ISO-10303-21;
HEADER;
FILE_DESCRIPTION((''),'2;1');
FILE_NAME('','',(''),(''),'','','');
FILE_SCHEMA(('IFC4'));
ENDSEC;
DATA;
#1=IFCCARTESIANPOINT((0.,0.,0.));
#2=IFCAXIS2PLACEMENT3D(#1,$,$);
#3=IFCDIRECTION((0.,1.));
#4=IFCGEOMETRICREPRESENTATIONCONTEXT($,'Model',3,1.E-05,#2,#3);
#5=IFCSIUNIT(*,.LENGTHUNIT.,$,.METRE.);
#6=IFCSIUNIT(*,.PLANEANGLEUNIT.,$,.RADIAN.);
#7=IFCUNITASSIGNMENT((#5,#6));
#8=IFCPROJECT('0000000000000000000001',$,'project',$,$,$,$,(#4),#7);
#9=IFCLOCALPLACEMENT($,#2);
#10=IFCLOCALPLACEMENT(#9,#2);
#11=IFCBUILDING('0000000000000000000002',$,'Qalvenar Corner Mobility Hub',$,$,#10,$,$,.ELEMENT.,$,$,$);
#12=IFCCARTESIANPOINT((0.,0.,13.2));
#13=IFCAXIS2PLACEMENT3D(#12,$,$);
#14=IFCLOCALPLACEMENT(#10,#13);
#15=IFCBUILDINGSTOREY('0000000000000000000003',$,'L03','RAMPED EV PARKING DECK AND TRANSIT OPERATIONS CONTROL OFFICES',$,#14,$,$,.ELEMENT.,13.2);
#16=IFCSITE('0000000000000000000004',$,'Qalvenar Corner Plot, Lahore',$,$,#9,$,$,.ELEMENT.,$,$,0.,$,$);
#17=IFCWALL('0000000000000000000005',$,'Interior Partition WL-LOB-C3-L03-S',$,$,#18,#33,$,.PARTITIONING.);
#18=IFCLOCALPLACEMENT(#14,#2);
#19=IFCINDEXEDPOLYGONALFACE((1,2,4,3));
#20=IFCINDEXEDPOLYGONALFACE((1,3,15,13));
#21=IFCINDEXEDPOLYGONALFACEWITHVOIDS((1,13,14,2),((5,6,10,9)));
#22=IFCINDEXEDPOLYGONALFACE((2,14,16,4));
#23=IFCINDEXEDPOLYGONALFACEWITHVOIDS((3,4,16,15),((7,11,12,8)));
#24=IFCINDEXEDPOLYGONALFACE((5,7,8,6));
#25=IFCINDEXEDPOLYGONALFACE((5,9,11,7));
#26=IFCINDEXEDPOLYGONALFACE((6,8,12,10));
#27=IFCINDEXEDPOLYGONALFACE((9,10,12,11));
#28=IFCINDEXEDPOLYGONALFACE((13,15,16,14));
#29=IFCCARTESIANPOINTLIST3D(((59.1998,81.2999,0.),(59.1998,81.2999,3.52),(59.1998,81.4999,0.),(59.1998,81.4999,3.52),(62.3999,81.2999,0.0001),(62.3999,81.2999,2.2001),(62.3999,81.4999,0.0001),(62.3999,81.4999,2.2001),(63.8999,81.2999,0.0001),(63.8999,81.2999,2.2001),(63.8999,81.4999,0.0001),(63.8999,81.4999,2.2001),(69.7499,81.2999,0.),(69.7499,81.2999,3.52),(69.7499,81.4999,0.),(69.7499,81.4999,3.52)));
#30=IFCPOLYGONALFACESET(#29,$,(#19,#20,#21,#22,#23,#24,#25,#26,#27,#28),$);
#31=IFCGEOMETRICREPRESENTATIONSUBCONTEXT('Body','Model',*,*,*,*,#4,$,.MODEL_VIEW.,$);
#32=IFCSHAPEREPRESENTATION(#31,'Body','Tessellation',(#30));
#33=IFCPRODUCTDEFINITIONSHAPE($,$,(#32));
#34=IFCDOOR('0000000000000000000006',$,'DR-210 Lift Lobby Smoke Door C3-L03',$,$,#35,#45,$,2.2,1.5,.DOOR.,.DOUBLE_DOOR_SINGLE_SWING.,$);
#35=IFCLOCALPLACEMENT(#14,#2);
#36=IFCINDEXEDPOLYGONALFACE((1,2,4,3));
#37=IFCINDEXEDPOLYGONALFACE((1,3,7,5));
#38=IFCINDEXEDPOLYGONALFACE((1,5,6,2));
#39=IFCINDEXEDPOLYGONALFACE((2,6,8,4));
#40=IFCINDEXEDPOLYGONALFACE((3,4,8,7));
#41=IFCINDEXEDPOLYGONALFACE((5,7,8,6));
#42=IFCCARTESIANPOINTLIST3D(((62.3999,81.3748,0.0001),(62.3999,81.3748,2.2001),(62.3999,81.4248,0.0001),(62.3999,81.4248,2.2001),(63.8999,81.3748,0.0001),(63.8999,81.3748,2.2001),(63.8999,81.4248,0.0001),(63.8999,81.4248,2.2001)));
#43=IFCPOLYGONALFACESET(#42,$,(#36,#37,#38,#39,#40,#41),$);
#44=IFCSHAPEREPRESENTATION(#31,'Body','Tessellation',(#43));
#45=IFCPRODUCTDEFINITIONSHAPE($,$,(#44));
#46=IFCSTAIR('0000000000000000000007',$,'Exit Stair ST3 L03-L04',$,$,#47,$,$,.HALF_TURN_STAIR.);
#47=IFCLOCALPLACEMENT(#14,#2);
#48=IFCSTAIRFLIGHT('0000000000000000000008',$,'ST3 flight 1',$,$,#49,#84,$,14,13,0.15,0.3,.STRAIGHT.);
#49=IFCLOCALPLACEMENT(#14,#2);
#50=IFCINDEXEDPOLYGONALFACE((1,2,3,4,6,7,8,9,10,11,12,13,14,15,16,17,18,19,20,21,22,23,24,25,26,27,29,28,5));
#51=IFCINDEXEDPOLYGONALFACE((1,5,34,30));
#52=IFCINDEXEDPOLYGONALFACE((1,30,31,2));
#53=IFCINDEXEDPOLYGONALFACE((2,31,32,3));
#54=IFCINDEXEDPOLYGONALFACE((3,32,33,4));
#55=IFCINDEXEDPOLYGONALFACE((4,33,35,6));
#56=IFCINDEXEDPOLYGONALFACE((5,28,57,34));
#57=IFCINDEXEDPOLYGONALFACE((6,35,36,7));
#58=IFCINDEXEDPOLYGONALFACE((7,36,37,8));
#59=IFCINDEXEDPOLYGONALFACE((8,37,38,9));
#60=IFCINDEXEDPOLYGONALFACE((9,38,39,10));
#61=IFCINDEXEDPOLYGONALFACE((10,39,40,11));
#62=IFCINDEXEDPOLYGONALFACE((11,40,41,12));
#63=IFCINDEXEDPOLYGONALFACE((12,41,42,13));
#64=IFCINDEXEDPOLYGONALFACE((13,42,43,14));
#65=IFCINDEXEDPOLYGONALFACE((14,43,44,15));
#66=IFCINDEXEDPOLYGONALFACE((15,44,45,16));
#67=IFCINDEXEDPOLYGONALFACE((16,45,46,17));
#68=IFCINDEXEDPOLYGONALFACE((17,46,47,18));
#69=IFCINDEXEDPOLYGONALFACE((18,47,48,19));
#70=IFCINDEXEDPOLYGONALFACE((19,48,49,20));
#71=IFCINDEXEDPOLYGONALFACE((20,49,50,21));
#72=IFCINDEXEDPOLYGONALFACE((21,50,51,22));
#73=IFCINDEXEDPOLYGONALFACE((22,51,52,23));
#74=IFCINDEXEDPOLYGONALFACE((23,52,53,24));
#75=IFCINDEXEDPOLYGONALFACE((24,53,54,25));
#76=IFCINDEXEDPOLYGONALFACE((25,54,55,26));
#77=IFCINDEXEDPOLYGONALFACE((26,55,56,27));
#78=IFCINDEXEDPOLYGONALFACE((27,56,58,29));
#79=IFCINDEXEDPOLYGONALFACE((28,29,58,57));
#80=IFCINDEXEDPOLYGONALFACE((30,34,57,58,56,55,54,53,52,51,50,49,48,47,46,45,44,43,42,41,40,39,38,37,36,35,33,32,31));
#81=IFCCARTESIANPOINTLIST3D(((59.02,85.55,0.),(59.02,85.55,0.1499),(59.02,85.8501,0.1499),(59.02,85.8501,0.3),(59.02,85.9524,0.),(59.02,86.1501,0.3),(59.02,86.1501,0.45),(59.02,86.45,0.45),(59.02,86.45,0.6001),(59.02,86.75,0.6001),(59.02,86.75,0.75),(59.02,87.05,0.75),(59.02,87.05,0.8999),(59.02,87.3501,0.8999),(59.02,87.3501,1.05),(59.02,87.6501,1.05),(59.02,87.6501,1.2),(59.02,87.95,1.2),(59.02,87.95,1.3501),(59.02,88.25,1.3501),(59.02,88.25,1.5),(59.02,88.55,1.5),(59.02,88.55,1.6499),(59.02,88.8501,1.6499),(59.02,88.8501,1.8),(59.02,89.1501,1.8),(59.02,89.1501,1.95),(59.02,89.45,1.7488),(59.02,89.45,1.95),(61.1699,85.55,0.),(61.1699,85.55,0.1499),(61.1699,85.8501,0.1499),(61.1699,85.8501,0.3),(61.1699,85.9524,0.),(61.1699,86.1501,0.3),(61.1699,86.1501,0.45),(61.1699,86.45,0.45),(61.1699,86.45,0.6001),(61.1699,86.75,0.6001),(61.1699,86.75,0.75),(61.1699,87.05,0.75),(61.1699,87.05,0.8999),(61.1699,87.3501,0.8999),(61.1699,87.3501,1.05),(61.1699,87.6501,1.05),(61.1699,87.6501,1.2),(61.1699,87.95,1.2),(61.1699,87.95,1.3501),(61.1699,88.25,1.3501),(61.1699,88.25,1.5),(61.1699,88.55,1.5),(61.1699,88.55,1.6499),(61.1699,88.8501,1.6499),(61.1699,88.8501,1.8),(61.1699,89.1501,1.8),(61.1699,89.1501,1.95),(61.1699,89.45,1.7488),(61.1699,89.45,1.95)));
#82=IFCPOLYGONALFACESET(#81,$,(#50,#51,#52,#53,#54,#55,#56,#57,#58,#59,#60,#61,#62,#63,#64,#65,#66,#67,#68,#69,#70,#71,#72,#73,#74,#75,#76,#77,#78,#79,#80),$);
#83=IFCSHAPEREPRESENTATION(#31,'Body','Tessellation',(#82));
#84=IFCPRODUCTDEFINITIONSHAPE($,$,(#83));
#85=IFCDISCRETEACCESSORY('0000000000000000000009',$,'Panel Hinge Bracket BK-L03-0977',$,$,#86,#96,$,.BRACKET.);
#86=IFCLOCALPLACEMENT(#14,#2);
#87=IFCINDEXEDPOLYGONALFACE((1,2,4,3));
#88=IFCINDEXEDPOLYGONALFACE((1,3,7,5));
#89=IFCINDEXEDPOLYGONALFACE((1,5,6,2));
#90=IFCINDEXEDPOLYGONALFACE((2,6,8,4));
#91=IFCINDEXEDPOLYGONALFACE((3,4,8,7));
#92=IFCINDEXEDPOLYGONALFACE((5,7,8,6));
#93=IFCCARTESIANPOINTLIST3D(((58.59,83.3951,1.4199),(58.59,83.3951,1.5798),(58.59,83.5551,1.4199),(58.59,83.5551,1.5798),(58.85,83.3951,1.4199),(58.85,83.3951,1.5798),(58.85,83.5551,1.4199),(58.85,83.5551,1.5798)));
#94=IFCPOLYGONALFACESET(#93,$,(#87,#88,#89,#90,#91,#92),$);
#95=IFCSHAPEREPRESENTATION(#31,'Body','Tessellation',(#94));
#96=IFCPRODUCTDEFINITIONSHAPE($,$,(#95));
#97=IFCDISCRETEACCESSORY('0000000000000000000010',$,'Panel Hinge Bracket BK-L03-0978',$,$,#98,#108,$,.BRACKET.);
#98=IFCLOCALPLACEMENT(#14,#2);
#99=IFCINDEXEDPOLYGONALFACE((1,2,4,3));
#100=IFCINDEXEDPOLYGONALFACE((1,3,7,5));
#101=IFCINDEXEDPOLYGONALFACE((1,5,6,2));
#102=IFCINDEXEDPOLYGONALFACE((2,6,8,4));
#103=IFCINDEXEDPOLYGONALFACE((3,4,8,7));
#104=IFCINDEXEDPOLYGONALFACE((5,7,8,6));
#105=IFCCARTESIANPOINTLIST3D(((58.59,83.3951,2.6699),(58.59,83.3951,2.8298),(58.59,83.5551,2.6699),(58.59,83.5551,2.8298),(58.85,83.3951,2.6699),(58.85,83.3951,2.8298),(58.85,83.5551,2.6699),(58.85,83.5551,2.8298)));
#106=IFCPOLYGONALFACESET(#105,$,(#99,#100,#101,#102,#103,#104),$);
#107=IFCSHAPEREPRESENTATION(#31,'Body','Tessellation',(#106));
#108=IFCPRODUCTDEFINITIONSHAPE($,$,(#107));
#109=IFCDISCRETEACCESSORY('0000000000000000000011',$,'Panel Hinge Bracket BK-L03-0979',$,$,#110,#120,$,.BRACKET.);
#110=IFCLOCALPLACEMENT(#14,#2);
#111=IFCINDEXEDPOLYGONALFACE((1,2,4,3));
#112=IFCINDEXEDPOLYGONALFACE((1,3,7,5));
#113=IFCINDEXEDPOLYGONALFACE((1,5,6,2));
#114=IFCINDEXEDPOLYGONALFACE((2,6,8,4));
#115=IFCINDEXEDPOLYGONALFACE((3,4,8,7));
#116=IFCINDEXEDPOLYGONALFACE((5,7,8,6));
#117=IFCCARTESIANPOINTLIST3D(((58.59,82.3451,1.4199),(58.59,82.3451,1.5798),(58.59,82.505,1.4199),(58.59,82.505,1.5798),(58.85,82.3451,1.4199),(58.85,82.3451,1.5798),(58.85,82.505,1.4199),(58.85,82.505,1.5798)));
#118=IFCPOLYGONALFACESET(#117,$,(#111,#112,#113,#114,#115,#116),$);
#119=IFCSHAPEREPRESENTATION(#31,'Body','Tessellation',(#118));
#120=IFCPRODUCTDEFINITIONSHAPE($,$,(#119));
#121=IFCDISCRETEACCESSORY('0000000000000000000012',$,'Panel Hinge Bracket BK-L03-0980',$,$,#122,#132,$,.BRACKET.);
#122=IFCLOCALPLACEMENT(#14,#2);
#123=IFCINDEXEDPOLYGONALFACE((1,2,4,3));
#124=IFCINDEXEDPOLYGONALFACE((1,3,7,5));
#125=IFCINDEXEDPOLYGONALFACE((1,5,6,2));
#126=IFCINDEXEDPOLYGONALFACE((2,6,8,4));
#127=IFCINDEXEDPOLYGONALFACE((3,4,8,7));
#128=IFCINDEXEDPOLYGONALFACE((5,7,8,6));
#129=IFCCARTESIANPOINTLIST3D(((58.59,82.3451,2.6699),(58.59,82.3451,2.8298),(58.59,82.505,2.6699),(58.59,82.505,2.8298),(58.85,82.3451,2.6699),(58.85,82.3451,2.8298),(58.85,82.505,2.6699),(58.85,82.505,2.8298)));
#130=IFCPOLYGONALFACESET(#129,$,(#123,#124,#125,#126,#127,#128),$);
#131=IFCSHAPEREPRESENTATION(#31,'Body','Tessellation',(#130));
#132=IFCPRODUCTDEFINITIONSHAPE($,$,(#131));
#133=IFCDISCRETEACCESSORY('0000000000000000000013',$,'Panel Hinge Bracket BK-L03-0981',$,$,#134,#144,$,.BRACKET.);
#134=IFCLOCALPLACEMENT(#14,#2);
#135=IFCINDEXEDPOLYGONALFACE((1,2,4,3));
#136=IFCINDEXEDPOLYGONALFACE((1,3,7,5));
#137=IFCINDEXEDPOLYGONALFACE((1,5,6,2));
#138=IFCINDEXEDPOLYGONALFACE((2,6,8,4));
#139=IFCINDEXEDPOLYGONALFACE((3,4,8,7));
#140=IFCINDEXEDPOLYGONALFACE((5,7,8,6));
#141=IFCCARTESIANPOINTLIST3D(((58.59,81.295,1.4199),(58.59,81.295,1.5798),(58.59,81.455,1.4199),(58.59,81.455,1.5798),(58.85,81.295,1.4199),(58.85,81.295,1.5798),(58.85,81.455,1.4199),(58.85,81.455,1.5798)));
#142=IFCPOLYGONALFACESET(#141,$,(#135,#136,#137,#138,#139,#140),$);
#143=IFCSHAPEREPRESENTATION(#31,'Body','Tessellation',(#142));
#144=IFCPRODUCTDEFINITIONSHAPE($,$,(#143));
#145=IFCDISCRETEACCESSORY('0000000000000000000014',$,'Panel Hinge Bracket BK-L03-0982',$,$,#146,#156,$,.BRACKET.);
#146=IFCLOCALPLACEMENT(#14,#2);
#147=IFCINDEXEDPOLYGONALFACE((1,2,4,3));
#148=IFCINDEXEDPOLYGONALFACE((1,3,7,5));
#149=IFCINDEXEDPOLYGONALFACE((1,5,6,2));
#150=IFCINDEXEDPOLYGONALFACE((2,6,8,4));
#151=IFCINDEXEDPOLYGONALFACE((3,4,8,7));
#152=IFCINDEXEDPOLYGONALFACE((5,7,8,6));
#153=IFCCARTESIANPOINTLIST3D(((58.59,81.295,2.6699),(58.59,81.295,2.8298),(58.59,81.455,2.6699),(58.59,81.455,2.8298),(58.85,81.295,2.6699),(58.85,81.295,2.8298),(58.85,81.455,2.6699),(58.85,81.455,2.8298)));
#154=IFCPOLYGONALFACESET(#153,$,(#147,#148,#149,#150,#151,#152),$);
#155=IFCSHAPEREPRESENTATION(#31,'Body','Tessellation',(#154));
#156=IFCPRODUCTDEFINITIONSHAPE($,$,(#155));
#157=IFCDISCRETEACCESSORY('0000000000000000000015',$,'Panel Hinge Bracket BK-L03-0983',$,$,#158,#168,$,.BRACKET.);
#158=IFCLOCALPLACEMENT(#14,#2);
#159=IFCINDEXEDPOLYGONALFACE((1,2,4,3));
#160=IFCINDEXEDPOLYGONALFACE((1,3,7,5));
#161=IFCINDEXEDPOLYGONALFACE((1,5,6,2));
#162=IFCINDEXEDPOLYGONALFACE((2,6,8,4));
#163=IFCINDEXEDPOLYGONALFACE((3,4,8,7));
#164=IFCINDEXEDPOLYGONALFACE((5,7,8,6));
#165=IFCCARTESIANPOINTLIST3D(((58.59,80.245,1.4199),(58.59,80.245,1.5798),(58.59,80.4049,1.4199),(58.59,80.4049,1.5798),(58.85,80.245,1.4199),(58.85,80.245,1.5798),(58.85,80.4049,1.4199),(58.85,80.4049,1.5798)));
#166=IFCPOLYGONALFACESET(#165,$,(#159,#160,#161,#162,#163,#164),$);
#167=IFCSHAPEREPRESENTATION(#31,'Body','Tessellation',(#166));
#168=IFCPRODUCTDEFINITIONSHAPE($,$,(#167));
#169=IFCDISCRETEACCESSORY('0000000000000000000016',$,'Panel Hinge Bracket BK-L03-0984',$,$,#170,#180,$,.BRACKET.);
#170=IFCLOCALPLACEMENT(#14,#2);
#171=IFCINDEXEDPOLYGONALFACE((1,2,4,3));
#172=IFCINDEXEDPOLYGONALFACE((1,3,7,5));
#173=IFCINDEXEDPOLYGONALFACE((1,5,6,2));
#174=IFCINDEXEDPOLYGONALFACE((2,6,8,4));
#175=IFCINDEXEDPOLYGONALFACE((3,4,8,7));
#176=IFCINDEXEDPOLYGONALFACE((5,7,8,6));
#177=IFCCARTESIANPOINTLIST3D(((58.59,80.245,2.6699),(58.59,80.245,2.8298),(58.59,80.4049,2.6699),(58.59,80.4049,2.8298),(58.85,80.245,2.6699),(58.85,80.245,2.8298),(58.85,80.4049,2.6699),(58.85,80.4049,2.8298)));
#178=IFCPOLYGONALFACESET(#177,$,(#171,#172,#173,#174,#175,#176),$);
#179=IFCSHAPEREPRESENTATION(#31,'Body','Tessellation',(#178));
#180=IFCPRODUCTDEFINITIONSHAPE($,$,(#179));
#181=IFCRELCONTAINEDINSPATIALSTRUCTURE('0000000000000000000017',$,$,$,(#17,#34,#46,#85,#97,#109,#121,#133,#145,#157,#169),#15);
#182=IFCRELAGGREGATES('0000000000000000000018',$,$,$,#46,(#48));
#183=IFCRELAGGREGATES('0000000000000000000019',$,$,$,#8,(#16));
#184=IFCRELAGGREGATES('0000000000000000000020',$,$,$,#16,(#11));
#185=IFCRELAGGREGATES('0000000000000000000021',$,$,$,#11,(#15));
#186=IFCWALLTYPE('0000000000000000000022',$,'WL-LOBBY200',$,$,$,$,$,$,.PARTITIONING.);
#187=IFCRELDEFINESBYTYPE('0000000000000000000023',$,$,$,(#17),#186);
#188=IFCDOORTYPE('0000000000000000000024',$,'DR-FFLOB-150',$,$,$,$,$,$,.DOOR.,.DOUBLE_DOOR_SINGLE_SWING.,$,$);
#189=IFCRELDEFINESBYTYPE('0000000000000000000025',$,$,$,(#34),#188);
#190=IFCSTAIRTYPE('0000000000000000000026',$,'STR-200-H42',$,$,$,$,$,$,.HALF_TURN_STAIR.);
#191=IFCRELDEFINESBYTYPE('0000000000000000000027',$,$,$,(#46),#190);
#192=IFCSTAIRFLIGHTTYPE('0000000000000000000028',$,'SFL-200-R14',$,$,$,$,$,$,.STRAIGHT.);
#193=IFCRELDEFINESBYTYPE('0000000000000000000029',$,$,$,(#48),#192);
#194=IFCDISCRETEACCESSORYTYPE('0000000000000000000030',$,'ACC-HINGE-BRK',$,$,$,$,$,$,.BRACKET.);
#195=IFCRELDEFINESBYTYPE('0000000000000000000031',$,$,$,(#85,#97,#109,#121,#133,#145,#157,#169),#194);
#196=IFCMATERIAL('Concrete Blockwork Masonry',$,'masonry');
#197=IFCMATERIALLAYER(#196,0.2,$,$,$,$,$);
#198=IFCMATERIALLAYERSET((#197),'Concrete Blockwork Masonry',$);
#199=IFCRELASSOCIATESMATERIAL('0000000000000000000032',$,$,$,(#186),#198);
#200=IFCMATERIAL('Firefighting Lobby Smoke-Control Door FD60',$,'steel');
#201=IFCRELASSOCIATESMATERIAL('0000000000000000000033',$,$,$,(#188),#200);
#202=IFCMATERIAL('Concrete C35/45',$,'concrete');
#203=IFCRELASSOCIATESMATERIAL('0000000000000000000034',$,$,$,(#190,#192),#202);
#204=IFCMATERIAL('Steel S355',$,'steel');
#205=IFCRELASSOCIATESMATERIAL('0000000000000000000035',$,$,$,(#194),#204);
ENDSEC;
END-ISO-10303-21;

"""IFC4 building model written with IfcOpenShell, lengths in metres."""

from ifc_helpers import new_model, si_unit, direction, frame, frame_2d, origin, origin_2d, place, context, subcontext, project, spatial, polyline, rectangle, outline, extrude, material, layer, layer_set, type_object, element, fill, aggregate, save


model = new_model("IFC4")

# Units and contexts
model_context = context("Model", 3, precision=1e-05, world=origin(), true_north=direction((0.0, 1.0)))
body_context = subcontext(model_context, "Body", "Model", "MODEL_VIEW")
ifc_project = project(units=[si_unit("LENGTHUNIT", "METRE"), si_unit("PLANEANGLEUNIT", "RADIAN")], contexts=[model_context])

# Site, building, storey
site_placement = place(None, origin())
site = spatial("IfcSite", under=ifc_project, at=site_placement, Name="Qalvenar Corner Plot, Lahore", CompositionType="ELEMENT", RefElevation=0.0)
building_placement = place(site_placement, origin())
building = spatial("IfcBuilding", under=site, at=building_placement, Name="Qalvenar Corner Mobility Hub", CompositionType="ELEMENT")
storey_placement = place(building_placement, frame((0.0, 0.0, 13.2)))
storey = spatial("IfcBuildingStorey", under=building, at=storey_placement, Name="L03", Description="RAMPED EV PARKING DECK AND TRANSIT OPERATIONS CONTROL OFFICES", CompositionType="ELEMENT", Elevation=13.2)

# Shared definitions
ifc_material_1 = material(Name="Steel S355", Category="steel")

# Shared definitions
ifc_material_2 = material(Name="Concrete Blockwork Masonry", Category="masonry")
ifc_layer_1 = layer(ifc_material_2, 0.2)
ifc_layer_set_1 = layer_set([ifc_layer_1], Name="Concrete Blockwork Masonry")
wall_type_1 = type_object("IfcWallType", Name="WL-LOBBY200", PredefinedType="PARTITIONING", material=ifc_layer_set_1)

# Wall, opening, door
wall_1_placement = place(storey_placement, frame((59.2, 81.3999, 0.0), z_axis=(0.0, 0.0, 1.0), x_axis=(1.0, 0.0, 0.0)))
wall_1 = element("IfcWall", 1, at=wall_1_placement, inside=storey, type_object=wall_type_1, Name="Interior Partition WL-LOB-C3-L03-S", PredefinedType="PARTITIONING", context=body_context, shape_type="SweptSolid", body=[
    extrude(rectangle(XDim=10.55, YDim=0.2, at=frame_2d((5.2749, 0.0))), origin(), (0.0, 0.0, 1.0), 3.52),
])
opening_1_placement = place(wall_1_placement, frame((3.2, 0.0, 0.0)))
opening_1 = element("IfcOpeningElement", 2, at=opening_1_placement, cuts=wall_1, PredefinedType="OPENING", context=body_context, shape_type="SweptSolid", body=[
    extrude(rectangle(XDim=1.5, YDim=2.2, at=frame_2d((0.75, 1.1001))), frame((0.0, 0.1099, 0.0), z_axis=(0.0, -1.0, 0.0), x_axis=(1.0, 0.0, 0.0)), (0.0, 0.0, 1.0), 0.22),
])
ifc_material_3 = material(Name="Firefighting Lobby Smoke-Control Door FD60", Category="steel")
door_type_1 = type_object("IfcDoorType", Name="DR-FFLOB-150", OperationType="DOUBLE_DOOR_SINGLE_SWING", PredefinedType="DOOR", material=ifc_material_3)
door_1_placement = place(opening_1_placement, origin())
door_1 = element("IfcDoor", 3, at=door_1_placement, inside=storey, type_object=door_type_1, Name="DR-210 Lift Lobby Smoke Door C3-L03", OperationType="DOUBLE_DOOR_SINGLE_SWING", OverallHeight=2.2, OverallWidth=1.5, PredefinedType="DOOR", context=body_context, shape_type="SweptSolid", body=[
    extrude(rectangle(XDim=1.5, YDim=2.2, at=frame_2d((0.75, 1.1001))), frame((0.0, 0.0249, 0.0), z_axis=(0.0, -1.0, 0.0), x_axis=(1.0, 0.0, 0.0)), (0.0, 0.0, 1.0), 0.05),
])
fill(opening_1, door_1)

# Stair, stair flight
ifc_material_4 = material(Name="Concrete C35/45", Category="concrete")
stair_type = type_object("IfcStairType", Name="STR-200-H42", PredefinedType="HALF_TURN_STAIR", material=ifc_material_4)
stair_placement = place(storey_placement, origin())
stair = element("IfcStair", 4, at=stair_placement, inside=storey, type_object=stair_type, Name="Exit Stair ST3 L03-L04", PredefinedType="HALF_TURN_STAIR")
stair_flight_type = type_object("IfcStairFlightType", Name="SFL-200-R14", PredefinedType="STRAIGHT", material=ifc_material_4)
stair_flight_placement = place(storey_placement, frame((60.095, 85.55, 0.0), z_axis=(0.0, 0.0, 1.0), x_axis=(0.0, 1.0, 0.0)))
stair_flight = element("IfcStairFlight", 5, at=stair_flight_placement, type_object=stair_flight_type, Name="ST3 flight 1", NumberOfRisers=14, NumberOfTreads=13, PredefinedType="STRAIGHT", RiserHeight=0.15, TreadLength=0.3, context=body_context, shape_type="SweptSolid", body=[
    extrude(outline(polyline([(0.0, 0.0), (0.0, 0.1499), (0.3, 0.1499), (0.3, 0.3), (0.6001, 0.3), (0.6001, 0.45), (0.8999, 0.45), (0.8999, 0.6001), (1.2, 0.6001), (1.2, 0.75), (1.5, 0.75), (1.5, 0.8999), (1.8, 0.8999), (1.8, 1.05), (2.1001, 1.05), (2.1001, 1.2), (2.3999, 1.2), (2.3999, 1.3501), (2.7, 1.3501), (2.7, 1.5), (3.0, 1.5), (3.0, 1.6499), (3.3, 1.6499), (3.3, 1.8), (3.6001, 1.8), (3.6001, 1.95), (3.8999, 1.95), (3.8999, 2.1001), (3.8999, 1.7488), (0.4023, 0.0), (0.0, 0.0)])), frame((0.0, 1.075, 0.0), z_axis=(0.0, -1.0, 0.0), x_axis=(1.0, 0.0, 0.0)), (0.0, 0.0, 1.0), 2.1499),
])
aggregate(stair, [stair_flight])

# Discrete accessories
discrete_accessory_type = type_object("IfcDiscreteAccessoryType", Name="ACC-HINGE-BRK", PredefinedType="BRACKET", material=ifc_material_1)
for number, where, z_axis, x_axis, name in (
    (6, (58.72, 83.4751, 1.4199), (0.0, 0.0, 1.0), (0.0, -1.0, 0.0), "Panel Hinge Bracket BK-L03-0977"),
    (7, (58.72, 83.4751, 2.6699), (0.0, 0.0, 1.0), (0.0, -1.0, 0.0), "Panel Hinge Bracket BK-L03-0978"),
    (8, (58.72, 82.425, 1.4199), (0.0, 0.0, 1.0), (0.0, -1.0, 0.0), "Panel Hinge Bracket BK-L03-0979"),
    (9, (58.72, 82.425, 2.6699), (0.0, 0.0, 1.0), (0.0, -1.0, 0.0), "Panel Hinge Bracket BK-L03-0980"),
    (10, (58.72, 81.375, 1.4199), (0.0, 0.0, 1.0), (0.0, -1.0, 0.0), "Panel Hinge Bracket BK-L03-0981"),
    (11, (58.72, 81.375, 2.6699), (0.0, 0.0, 1.0), (0.0, -1.0, 0.0), "Panel Hinge Bracket BK-L03-0982"),
    (12, (58.72, 80.325, 1.4199), (0.0, 0.0, 1.0), (0.0, -1.0, 0.0), "Panel Hinge Bracket BK-L03-0983"),
    (13, (58.72, 80.325, 2.6699), (0.0, 0.0, 1.0), (0.0, -1.0, 0.0), "Panel Hinge Bracket BK-L03-0984"),
):
    element("IfcDiscreteAccessory", number, at=place(storey_placement, frame(where, z_axis=z_axis, x_axis=x_axis)), inside=storey, type_object=discrete_accessory_type, Name=name, PredefinedType="BRACKET", context=body_context, shape_type="SweptSolid", body=[
        extrude(rectangle(XDim=0.1599, YDim=0.26, at=origin_2d()), origin(), (0.0, 0.0, 1.0), 0.1599),
    ])

save(model, "model.ifc")
